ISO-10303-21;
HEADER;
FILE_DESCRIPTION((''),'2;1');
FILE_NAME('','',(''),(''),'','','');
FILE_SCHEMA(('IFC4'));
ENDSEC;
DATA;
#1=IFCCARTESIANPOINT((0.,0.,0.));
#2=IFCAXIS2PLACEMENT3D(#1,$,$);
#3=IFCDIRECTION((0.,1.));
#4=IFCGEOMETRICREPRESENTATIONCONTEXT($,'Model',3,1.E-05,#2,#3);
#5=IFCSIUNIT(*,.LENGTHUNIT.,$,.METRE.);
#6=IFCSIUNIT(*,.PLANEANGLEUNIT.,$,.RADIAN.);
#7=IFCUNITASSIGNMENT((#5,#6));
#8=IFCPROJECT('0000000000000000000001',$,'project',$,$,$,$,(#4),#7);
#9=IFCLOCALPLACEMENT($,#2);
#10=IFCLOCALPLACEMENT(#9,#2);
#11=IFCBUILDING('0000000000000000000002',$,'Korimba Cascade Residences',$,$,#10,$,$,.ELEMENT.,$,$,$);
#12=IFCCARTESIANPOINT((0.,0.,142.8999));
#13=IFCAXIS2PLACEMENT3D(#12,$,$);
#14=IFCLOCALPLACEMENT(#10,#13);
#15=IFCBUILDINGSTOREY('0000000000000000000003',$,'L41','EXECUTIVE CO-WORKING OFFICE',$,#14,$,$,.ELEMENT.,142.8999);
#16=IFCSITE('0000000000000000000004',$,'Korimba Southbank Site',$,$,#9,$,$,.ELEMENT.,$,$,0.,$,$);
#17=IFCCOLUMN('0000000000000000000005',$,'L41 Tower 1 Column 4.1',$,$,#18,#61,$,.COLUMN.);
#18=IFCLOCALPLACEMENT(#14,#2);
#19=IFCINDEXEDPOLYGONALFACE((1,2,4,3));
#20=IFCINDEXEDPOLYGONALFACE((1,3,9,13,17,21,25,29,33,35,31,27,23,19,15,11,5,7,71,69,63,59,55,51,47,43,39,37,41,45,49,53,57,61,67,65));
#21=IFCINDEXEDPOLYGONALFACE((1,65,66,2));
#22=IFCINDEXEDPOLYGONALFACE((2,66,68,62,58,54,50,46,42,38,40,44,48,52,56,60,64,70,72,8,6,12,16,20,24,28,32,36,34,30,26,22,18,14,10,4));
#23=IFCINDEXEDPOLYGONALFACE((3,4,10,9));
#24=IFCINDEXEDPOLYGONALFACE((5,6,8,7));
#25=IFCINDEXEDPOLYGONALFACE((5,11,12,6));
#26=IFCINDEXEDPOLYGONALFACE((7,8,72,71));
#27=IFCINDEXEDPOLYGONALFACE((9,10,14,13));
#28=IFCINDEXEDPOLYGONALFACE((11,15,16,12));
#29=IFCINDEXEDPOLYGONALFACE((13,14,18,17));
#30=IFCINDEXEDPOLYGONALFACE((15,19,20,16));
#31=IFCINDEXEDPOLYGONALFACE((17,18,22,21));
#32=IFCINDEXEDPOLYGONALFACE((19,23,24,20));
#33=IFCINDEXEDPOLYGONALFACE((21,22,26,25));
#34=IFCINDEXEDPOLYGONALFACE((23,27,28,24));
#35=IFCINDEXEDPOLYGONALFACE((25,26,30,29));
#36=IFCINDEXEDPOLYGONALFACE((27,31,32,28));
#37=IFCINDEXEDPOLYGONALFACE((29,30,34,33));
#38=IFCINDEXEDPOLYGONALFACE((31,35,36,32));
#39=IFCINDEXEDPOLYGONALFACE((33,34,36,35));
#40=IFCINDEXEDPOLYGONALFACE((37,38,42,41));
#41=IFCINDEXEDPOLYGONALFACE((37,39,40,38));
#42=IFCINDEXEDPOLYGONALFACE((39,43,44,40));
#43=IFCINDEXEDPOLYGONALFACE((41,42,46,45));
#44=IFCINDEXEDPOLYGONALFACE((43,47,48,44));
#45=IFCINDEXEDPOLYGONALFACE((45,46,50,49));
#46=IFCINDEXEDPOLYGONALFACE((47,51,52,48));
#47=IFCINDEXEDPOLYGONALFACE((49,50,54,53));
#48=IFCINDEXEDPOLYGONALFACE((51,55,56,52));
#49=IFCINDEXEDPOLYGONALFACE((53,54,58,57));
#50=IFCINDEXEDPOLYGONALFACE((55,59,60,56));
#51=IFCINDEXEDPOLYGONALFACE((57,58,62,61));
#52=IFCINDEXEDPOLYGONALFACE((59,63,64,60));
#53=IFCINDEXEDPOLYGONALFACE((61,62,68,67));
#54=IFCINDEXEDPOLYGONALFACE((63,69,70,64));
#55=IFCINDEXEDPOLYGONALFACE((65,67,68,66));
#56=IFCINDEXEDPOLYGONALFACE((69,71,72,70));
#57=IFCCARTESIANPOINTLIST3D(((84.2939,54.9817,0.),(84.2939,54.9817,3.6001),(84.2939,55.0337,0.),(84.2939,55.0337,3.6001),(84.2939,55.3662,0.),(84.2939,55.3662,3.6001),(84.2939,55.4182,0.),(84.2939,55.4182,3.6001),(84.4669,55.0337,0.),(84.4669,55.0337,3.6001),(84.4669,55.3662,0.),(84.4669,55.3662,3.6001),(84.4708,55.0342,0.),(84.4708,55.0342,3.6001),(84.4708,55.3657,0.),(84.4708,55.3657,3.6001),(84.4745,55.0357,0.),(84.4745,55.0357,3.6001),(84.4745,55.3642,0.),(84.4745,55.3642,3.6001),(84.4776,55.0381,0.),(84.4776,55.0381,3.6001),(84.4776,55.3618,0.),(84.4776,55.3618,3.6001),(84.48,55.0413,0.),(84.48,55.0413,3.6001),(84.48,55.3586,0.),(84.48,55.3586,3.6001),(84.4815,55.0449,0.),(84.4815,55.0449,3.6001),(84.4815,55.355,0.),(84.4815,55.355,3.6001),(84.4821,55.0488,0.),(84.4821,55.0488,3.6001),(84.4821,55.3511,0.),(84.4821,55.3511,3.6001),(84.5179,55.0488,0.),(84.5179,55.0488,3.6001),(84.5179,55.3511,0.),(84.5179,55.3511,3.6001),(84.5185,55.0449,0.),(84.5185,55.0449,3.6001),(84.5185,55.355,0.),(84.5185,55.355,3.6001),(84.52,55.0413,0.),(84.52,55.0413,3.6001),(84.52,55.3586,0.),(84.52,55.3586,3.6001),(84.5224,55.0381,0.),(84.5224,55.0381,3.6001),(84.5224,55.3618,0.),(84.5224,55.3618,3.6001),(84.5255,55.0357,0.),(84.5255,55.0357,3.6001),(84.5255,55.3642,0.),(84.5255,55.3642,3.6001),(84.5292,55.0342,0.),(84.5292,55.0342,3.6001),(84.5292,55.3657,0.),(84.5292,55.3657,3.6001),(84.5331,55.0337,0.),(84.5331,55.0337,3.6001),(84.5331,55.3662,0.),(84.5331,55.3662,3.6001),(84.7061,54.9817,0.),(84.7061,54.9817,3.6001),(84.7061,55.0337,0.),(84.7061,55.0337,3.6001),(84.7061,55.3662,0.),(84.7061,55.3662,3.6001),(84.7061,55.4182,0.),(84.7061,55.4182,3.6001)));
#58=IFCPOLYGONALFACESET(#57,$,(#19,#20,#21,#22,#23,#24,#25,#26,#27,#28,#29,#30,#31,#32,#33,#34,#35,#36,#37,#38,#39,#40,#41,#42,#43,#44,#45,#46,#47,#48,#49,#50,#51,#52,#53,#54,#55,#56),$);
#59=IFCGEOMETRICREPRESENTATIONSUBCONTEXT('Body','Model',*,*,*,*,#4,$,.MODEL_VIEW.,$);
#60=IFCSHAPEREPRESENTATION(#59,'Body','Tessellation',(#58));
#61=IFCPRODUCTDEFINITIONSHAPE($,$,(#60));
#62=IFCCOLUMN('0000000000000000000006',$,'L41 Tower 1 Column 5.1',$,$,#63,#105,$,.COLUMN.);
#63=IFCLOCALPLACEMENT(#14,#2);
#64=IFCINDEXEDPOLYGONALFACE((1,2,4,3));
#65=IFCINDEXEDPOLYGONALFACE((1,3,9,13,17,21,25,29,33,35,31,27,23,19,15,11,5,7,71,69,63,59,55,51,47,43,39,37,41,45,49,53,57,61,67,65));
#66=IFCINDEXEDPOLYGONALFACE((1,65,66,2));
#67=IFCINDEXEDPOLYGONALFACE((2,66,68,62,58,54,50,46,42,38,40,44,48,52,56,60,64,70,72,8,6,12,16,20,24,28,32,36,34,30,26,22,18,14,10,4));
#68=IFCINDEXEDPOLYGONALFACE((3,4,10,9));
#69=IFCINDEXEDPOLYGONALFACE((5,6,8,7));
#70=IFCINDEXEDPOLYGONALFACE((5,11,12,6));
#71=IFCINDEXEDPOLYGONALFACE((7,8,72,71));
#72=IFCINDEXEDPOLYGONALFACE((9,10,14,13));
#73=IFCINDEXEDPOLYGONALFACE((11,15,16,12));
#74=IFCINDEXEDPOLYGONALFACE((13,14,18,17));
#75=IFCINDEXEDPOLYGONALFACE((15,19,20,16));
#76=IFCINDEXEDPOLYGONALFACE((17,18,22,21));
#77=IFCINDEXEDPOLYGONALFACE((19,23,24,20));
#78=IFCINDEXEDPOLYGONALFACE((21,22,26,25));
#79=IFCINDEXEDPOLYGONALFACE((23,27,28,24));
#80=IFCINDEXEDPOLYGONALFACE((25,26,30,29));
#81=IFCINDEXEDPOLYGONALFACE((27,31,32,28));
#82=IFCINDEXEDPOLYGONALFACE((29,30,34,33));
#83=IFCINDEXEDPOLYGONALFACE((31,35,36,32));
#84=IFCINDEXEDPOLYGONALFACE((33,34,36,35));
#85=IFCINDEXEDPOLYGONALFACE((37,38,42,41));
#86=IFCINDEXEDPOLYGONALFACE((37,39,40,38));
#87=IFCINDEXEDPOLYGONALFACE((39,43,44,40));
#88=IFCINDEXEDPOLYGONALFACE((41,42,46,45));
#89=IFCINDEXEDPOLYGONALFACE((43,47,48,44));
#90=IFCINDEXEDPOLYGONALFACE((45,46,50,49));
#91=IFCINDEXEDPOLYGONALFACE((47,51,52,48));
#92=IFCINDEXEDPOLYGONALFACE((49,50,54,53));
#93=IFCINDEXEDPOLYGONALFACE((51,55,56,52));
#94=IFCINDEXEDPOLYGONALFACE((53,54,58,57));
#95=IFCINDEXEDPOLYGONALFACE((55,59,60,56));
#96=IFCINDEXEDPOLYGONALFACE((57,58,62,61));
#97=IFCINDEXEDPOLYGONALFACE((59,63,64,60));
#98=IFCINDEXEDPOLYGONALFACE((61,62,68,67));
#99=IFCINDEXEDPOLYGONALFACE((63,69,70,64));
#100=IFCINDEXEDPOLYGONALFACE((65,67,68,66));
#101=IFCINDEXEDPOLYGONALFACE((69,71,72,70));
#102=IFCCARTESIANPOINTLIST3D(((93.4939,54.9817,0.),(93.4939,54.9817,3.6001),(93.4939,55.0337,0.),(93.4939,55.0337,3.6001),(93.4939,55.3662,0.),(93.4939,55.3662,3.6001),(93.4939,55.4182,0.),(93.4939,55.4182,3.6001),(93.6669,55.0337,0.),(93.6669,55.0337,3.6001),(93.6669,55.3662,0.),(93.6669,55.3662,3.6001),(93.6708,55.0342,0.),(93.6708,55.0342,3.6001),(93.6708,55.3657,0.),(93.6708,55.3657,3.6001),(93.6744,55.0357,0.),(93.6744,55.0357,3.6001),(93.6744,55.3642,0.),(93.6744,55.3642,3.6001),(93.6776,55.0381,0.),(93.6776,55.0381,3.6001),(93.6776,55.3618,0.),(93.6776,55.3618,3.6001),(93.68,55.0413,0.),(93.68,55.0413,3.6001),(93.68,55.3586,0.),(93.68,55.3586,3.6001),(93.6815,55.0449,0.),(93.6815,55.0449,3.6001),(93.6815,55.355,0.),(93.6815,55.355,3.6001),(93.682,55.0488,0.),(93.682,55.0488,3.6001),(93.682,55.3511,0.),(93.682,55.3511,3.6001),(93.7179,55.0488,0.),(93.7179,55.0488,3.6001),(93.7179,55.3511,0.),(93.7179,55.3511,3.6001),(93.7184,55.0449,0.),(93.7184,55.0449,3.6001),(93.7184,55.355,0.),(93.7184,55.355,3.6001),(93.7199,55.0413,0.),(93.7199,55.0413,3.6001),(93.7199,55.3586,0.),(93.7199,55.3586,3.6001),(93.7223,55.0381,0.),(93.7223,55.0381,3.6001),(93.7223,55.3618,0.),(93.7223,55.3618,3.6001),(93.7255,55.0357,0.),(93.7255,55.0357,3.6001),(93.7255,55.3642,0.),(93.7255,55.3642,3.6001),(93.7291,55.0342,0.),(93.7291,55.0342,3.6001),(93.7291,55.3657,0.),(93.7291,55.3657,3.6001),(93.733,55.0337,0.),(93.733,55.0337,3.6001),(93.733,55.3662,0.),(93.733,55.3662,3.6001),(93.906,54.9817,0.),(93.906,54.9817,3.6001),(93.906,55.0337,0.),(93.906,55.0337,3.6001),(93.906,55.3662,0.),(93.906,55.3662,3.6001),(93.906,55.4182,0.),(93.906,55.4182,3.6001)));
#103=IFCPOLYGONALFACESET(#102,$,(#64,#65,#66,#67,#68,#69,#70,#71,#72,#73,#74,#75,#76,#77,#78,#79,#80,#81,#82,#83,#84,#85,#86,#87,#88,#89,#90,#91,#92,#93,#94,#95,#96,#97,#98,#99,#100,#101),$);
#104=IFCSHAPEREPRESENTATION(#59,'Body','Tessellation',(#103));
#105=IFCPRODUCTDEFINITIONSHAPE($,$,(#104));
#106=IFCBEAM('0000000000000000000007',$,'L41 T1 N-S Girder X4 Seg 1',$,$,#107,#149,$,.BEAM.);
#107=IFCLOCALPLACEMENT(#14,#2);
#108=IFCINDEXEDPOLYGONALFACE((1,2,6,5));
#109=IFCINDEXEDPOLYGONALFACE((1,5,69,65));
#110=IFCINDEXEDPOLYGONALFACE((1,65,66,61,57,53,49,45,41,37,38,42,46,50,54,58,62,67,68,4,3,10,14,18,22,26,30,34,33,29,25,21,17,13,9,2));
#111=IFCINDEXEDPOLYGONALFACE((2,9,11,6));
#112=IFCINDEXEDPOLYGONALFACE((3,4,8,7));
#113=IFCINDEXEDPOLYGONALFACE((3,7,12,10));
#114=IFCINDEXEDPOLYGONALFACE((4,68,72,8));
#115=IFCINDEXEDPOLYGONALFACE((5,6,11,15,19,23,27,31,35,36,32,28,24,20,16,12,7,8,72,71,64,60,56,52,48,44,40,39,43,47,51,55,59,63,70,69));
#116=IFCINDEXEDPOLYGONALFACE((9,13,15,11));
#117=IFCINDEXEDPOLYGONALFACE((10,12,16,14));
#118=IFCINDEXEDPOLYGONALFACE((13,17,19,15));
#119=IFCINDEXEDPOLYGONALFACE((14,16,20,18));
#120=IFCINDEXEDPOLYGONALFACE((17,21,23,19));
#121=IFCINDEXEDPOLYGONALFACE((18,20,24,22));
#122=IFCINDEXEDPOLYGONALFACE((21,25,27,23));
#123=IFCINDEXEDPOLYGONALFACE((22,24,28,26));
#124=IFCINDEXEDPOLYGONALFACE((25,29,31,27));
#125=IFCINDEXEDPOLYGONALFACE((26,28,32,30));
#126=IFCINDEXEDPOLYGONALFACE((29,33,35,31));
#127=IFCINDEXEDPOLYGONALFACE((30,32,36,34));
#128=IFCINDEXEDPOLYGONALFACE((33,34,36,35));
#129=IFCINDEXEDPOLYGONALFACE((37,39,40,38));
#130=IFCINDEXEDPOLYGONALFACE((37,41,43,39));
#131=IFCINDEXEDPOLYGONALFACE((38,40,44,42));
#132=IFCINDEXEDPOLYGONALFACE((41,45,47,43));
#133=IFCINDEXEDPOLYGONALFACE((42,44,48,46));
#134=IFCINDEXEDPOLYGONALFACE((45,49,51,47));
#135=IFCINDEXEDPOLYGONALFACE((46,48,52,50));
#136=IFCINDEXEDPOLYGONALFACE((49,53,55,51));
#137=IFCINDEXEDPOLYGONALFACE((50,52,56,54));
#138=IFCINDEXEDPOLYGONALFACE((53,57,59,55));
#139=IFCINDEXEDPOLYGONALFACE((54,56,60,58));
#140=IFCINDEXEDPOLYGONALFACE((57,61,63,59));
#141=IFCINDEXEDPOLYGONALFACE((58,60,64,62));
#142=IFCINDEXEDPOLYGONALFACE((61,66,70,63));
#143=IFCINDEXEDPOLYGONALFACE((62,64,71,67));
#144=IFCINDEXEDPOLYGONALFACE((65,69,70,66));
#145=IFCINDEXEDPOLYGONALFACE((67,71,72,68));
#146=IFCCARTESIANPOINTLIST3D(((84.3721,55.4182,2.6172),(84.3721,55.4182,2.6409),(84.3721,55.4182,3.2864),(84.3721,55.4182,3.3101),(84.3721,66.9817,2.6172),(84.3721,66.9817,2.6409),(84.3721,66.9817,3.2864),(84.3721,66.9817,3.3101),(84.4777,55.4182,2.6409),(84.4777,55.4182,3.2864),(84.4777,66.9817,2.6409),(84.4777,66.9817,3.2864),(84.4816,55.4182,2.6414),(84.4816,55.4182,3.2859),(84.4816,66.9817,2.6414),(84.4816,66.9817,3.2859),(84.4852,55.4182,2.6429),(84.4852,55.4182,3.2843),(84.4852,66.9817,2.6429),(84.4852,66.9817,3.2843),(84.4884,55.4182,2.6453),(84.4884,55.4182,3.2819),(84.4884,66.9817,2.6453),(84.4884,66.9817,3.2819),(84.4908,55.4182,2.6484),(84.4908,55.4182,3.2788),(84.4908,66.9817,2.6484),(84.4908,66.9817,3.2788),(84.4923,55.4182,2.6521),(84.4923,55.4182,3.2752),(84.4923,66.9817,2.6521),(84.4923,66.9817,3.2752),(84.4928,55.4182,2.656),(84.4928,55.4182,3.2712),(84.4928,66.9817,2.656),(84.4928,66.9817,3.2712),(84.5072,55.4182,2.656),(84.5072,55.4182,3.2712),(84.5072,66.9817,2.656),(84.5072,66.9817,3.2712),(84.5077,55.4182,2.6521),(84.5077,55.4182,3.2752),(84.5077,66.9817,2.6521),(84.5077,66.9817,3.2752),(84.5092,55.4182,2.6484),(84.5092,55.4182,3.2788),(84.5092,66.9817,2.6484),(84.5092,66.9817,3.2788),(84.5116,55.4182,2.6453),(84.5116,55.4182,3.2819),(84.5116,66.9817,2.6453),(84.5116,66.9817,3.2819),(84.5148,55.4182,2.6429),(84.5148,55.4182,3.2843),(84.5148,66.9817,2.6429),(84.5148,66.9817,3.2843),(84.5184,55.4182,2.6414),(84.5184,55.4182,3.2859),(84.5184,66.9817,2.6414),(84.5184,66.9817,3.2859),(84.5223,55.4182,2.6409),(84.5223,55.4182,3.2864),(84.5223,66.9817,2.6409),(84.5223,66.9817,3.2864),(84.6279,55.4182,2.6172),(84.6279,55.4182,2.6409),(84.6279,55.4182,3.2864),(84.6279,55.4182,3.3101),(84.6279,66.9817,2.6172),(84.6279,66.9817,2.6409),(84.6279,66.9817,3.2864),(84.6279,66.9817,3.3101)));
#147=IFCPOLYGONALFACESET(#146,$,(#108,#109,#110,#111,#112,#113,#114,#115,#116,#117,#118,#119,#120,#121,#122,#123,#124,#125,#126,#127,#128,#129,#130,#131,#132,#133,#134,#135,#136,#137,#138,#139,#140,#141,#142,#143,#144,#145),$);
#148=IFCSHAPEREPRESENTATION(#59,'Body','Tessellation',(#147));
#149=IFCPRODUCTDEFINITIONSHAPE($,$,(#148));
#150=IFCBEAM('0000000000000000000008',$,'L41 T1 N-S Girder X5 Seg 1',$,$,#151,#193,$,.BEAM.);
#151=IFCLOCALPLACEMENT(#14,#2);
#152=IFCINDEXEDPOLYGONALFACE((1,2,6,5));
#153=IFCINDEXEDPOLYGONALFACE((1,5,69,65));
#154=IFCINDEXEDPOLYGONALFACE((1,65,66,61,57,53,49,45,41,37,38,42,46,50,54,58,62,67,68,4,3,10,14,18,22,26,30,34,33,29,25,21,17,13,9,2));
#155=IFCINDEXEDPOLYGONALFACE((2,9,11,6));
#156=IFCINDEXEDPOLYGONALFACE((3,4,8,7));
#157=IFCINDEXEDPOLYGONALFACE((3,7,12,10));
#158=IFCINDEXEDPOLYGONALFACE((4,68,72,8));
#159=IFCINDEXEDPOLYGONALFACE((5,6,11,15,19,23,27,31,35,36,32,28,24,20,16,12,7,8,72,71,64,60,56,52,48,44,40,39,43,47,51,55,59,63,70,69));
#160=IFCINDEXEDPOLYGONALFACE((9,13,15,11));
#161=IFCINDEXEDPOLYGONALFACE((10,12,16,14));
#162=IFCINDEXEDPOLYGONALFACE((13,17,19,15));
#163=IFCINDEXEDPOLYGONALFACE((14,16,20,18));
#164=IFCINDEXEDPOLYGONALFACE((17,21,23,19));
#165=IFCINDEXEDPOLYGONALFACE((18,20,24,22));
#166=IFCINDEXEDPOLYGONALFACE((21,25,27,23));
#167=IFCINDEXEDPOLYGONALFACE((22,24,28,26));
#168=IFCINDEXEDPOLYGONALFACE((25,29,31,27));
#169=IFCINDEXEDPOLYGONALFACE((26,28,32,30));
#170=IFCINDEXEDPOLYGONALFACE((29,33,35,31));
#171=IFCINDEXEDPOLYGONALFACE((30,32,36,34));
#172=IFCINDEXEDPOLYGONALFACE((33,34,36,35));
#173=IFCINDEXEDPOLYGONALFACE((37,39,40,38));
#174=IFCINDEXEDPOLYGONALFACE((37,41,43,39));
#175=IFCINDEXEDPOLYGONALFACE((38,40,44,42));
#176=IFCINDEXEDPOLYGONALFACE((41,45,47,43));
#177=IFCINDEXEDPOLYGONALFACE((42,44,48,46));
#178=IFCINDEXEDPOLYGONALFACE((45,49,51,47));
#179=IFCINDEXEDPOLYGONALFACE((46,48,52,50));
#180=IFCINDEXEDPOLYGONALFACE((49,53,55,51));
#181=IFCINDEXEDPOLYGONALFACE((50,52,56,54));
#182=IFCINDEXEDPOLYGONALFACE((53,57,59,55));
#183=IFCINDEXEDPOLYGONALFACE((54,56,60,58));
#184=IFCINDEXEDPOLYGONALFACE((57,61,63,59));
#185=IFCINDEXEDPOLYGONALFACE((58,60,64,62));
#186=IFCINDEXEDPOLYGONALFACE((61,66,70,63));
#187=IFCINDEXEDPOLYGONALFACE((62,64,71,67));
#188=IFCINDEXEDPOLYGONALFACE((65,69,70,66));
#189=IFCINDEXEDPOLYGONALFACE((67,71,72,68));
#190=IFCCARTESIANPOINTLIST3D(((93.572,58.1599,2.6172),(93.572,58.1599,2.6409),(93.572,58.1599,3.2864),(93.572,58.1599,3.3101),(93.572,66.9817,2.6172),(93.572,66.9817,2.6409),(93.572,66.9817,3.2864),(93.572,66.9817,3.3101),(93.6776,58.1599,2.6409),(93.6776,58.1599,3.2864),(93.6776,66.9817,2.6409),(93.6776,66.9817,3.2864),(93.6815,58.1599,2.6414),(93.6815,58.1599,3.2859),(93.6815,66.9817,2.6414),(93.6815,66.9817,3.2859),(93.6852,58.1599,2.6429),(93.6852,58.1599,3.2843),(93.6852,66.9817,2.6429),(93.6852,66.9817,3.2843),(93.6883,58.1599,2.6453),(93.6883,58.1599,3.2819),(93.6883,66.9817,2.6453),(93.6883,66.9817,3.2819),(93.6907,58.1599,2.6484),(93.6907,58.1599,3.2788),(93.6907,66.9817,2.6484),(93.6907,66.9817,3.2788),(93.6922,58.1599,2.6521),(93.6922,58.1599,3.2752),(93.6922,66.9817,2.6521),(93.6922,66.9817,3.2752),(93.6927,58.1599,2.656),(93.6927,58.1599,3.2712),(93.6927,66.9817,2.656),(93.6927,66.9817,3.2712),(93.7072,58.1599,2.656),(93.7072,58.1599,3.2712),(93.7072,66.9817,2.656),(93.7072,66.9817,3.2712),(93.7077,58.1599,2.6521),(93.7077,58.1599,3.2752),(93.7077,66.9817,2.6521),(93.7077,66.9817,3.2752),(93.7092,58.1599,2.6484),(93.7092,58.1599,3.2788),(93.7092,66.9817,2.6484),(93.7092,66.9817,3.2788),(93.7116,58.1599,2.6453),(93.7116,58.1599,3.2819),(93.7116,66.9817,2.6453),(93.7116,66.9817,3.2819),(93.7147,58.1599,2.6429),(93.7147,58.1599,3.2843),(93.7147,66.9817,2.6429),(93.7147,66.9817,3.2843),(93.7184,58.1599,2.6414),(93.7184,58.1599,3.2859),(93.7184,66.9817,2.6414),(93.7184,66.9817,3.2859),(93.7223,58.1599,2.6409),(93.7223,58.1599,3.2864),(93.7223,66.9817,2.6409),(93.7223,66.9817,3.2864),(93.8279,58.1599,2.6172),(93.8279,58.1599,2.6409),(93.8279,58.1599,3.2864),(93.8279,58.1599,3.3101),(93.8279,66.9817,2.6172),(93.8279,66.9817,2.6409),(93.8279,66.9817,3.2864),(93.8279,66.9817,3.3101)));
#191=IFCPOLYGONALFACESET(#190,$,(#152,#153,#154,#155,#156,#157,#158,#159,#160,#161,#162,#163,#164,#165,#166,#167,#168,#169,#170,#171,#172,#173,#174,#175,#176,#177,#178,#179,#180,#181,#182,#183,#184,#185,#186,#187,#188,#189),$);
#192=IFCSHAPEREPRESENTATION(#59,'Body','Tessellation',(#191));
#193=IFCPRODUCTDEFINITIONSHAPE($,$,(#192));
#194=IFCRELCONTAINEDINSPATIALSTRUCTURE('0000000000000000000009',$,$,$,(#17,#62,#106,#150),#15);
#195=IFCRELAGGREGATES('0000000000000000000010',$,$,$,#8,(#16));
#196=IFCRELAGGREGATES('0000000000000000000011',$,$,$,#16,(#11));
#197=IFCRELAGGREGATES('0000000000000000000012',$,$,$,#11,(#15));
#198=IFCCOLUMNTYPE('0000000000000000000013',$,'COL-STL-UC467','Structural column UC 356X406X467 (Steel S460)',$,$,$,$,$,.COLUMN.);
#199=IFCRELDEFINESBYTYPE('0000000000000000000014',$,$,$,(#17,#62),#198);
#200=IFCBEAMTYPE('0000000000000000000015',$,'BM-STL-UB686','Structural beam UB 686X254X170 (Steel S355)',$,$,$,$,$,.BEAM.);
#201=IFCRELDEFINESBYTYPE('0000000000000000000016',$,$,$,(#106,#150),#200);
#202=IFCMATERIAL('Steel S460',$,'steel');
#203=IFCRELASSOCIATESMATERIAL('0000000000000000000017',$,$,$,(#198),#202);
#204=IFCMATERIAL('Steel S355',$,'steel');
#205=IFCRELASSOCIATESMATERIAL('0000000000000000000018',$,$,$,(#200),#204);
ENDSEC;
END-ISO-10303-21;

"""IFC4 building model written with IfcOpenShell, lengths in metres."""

from ifc_helpers import new_model, si_unit, direction, frame, origin, origin_2d, place, context, subcontext, project, spatial, i_section, extrude, material, material_profile, profile_set, type_object, element, save


model = new_model("IFC4")

# Units and contexts
model_context = context("Model", 3, precision=1e-05, world=origin(), true_north=direction((0.0, 1.0)))
body_context = subcontext(model_context, "Body", "Model", "MODEL_VIEW")
ifc_project = project(units=[si_unit("LENGTHUNIT", "METRE"), si_unit("PLANEANGLEUNIT", "RADIAN")], contexts=[model_context])

# Site, building, storey
site_placement = place(None, origin())
site = spatial("IfcSite", under=ifc_project, at=site_placement, Name="Korimba Southbank Site", CompositionType="ELEMENT", RefElevation=0.0)
building_placement = place(site_placement, origin())
building = spatial("IfcBuilding", under=site, at=building_placement, Name="Korimba Cascade Residences", CompositionType="ELEMENT")
storey_placement = place(building_placement, frame((0.0, 0.0, 142.8999)))
storey = spatial("IfcBuildingStorey", under=building, at=storey_placement, Name="L41", Description="EXECUTIVE CO-WORKING OFFICE", CompositionType="ELEMENT", Elevation=142.8999)

# Columns
ifc_material_1 = material(Name="Steel S460", Category="steel")
ifc_material_profile_1 = material_profile(ifc_material_1, i_section(OverallWidth=0.4121, OverallDepth=0.4365, WebThickness=0.0359, FlangeThickness=0.052, FilletRadius=0.0151, at=origin_2d()), Name="Steel S460")
ifc_profile_set_1 = profile_set([ifc_material_profile_1], Name="Steel S460")
column_type = type_object("IfcColumnType", Name="COL-STL-UC467", Description="Structural column UC 356X406X467 (Steel S460)", PredefinedType="COLUMN", material=ifc_profile_set_1)
for number, where, z_axis, x_axis, name in (
    (1, (84.5, 55.2, 0.0), (0.0, 0.0, 1.0), (1.0, 0.0, 0.0), "L41 Tower 1 Column 4.1"),
    (2, (93.7, 55.2, 0.0), (0.0, 0.0, 1.0), (1.0, 0.0, 0.0), "L41 Tower 1 Column 5.1"),
):
    element("IfcColumn", number, at=place(storey_placement, frame(where, z_axis=z_axis, x_axis=x_axis)), inside=storey, type_object=column_type, Name=name, PredefinedType="COLUMN", context=body_context, shape_type="SweptSolid", body=[
        extrude(i_section(OverallWidth=0.4121, OverallDepth=0.4365, WebThickness=0.0359, FlangeThickness=0.052, FilletRadius=0.0151, at=origin_2d()), origin(), (0.0, 0.0, 1.0), 3.6001),
    ])

# Beams
ifc_material_2 = material(Name="Steel S355", Category="steel")
ifc_material_profile_2 = material_profile(ifc_material_2, i_section(OverallWidth=0.2559, OverallDepth=0.6929, WebThickness=0.0144, FlangeThickness=0.0237, FilletRadius=0.0151, at=origin_2d()), Name="Steel S355")
ifc_profile_set_2 = profile_set([ifc_material_profile_2], Name="Steel S355")
beam_type = type_object("IfcBeamType", Name="BM-STL-UB686", Description="Structural beam UB 686X254X170 (Steel S355)", PredefinedType="BEAM", material=ifc_profile_set_2)
beam_1_placement = place(storey_placement, frame((84.5, 55.4182, 2.9636), z_axis=(0.0, 1.0, 0.0), x_axis=(-1.0, 0.0, 0.0)))
element("IfcBeam", 3, at=beam_1_placement, inside=storey, type_object=beam_type, Name="L41 T1 N-S Girder X4 Seg 1", PredefinedType="BEAM", context=body_context, shape_type="SweptSolid", body=[
    extrude(i_section(OverallWidth=0.2559, OverallDepth=0.6929, WebThickness=0.0144, FlangeThickness=0.0237, FilletRadius=0.0151, at=origin_2d()), origin(), (0.0, 0.0, 1.0), 11.5635),
])
beam_2_placement = place(storey_placement, frame((93.7, 58.1599, 2.9636), z_axis=(0.0, 1.0, 0.0), x_axis=(-1.0, 0.0, 0.0)))
element("IfcBeam", 4, at=beam_2_placement, inside=storey, type_object=beam_type, Name="L41 T1 N-S Girder X5 Seg 1", PredefinedType="BEAM", context=body_context, shape_type="SweptSolid", body=[
    extrude(i_section(OverallWidth=0.2559, OverallDepth=0.6929, WebThickness=0.0144, FlangeThickness=0.0237, FilletRadius=0.0151, at=origin_2d()), origin(), (0.0, 0.0, 1.0), 8.8218),
])

save(model, "model.ifc")
